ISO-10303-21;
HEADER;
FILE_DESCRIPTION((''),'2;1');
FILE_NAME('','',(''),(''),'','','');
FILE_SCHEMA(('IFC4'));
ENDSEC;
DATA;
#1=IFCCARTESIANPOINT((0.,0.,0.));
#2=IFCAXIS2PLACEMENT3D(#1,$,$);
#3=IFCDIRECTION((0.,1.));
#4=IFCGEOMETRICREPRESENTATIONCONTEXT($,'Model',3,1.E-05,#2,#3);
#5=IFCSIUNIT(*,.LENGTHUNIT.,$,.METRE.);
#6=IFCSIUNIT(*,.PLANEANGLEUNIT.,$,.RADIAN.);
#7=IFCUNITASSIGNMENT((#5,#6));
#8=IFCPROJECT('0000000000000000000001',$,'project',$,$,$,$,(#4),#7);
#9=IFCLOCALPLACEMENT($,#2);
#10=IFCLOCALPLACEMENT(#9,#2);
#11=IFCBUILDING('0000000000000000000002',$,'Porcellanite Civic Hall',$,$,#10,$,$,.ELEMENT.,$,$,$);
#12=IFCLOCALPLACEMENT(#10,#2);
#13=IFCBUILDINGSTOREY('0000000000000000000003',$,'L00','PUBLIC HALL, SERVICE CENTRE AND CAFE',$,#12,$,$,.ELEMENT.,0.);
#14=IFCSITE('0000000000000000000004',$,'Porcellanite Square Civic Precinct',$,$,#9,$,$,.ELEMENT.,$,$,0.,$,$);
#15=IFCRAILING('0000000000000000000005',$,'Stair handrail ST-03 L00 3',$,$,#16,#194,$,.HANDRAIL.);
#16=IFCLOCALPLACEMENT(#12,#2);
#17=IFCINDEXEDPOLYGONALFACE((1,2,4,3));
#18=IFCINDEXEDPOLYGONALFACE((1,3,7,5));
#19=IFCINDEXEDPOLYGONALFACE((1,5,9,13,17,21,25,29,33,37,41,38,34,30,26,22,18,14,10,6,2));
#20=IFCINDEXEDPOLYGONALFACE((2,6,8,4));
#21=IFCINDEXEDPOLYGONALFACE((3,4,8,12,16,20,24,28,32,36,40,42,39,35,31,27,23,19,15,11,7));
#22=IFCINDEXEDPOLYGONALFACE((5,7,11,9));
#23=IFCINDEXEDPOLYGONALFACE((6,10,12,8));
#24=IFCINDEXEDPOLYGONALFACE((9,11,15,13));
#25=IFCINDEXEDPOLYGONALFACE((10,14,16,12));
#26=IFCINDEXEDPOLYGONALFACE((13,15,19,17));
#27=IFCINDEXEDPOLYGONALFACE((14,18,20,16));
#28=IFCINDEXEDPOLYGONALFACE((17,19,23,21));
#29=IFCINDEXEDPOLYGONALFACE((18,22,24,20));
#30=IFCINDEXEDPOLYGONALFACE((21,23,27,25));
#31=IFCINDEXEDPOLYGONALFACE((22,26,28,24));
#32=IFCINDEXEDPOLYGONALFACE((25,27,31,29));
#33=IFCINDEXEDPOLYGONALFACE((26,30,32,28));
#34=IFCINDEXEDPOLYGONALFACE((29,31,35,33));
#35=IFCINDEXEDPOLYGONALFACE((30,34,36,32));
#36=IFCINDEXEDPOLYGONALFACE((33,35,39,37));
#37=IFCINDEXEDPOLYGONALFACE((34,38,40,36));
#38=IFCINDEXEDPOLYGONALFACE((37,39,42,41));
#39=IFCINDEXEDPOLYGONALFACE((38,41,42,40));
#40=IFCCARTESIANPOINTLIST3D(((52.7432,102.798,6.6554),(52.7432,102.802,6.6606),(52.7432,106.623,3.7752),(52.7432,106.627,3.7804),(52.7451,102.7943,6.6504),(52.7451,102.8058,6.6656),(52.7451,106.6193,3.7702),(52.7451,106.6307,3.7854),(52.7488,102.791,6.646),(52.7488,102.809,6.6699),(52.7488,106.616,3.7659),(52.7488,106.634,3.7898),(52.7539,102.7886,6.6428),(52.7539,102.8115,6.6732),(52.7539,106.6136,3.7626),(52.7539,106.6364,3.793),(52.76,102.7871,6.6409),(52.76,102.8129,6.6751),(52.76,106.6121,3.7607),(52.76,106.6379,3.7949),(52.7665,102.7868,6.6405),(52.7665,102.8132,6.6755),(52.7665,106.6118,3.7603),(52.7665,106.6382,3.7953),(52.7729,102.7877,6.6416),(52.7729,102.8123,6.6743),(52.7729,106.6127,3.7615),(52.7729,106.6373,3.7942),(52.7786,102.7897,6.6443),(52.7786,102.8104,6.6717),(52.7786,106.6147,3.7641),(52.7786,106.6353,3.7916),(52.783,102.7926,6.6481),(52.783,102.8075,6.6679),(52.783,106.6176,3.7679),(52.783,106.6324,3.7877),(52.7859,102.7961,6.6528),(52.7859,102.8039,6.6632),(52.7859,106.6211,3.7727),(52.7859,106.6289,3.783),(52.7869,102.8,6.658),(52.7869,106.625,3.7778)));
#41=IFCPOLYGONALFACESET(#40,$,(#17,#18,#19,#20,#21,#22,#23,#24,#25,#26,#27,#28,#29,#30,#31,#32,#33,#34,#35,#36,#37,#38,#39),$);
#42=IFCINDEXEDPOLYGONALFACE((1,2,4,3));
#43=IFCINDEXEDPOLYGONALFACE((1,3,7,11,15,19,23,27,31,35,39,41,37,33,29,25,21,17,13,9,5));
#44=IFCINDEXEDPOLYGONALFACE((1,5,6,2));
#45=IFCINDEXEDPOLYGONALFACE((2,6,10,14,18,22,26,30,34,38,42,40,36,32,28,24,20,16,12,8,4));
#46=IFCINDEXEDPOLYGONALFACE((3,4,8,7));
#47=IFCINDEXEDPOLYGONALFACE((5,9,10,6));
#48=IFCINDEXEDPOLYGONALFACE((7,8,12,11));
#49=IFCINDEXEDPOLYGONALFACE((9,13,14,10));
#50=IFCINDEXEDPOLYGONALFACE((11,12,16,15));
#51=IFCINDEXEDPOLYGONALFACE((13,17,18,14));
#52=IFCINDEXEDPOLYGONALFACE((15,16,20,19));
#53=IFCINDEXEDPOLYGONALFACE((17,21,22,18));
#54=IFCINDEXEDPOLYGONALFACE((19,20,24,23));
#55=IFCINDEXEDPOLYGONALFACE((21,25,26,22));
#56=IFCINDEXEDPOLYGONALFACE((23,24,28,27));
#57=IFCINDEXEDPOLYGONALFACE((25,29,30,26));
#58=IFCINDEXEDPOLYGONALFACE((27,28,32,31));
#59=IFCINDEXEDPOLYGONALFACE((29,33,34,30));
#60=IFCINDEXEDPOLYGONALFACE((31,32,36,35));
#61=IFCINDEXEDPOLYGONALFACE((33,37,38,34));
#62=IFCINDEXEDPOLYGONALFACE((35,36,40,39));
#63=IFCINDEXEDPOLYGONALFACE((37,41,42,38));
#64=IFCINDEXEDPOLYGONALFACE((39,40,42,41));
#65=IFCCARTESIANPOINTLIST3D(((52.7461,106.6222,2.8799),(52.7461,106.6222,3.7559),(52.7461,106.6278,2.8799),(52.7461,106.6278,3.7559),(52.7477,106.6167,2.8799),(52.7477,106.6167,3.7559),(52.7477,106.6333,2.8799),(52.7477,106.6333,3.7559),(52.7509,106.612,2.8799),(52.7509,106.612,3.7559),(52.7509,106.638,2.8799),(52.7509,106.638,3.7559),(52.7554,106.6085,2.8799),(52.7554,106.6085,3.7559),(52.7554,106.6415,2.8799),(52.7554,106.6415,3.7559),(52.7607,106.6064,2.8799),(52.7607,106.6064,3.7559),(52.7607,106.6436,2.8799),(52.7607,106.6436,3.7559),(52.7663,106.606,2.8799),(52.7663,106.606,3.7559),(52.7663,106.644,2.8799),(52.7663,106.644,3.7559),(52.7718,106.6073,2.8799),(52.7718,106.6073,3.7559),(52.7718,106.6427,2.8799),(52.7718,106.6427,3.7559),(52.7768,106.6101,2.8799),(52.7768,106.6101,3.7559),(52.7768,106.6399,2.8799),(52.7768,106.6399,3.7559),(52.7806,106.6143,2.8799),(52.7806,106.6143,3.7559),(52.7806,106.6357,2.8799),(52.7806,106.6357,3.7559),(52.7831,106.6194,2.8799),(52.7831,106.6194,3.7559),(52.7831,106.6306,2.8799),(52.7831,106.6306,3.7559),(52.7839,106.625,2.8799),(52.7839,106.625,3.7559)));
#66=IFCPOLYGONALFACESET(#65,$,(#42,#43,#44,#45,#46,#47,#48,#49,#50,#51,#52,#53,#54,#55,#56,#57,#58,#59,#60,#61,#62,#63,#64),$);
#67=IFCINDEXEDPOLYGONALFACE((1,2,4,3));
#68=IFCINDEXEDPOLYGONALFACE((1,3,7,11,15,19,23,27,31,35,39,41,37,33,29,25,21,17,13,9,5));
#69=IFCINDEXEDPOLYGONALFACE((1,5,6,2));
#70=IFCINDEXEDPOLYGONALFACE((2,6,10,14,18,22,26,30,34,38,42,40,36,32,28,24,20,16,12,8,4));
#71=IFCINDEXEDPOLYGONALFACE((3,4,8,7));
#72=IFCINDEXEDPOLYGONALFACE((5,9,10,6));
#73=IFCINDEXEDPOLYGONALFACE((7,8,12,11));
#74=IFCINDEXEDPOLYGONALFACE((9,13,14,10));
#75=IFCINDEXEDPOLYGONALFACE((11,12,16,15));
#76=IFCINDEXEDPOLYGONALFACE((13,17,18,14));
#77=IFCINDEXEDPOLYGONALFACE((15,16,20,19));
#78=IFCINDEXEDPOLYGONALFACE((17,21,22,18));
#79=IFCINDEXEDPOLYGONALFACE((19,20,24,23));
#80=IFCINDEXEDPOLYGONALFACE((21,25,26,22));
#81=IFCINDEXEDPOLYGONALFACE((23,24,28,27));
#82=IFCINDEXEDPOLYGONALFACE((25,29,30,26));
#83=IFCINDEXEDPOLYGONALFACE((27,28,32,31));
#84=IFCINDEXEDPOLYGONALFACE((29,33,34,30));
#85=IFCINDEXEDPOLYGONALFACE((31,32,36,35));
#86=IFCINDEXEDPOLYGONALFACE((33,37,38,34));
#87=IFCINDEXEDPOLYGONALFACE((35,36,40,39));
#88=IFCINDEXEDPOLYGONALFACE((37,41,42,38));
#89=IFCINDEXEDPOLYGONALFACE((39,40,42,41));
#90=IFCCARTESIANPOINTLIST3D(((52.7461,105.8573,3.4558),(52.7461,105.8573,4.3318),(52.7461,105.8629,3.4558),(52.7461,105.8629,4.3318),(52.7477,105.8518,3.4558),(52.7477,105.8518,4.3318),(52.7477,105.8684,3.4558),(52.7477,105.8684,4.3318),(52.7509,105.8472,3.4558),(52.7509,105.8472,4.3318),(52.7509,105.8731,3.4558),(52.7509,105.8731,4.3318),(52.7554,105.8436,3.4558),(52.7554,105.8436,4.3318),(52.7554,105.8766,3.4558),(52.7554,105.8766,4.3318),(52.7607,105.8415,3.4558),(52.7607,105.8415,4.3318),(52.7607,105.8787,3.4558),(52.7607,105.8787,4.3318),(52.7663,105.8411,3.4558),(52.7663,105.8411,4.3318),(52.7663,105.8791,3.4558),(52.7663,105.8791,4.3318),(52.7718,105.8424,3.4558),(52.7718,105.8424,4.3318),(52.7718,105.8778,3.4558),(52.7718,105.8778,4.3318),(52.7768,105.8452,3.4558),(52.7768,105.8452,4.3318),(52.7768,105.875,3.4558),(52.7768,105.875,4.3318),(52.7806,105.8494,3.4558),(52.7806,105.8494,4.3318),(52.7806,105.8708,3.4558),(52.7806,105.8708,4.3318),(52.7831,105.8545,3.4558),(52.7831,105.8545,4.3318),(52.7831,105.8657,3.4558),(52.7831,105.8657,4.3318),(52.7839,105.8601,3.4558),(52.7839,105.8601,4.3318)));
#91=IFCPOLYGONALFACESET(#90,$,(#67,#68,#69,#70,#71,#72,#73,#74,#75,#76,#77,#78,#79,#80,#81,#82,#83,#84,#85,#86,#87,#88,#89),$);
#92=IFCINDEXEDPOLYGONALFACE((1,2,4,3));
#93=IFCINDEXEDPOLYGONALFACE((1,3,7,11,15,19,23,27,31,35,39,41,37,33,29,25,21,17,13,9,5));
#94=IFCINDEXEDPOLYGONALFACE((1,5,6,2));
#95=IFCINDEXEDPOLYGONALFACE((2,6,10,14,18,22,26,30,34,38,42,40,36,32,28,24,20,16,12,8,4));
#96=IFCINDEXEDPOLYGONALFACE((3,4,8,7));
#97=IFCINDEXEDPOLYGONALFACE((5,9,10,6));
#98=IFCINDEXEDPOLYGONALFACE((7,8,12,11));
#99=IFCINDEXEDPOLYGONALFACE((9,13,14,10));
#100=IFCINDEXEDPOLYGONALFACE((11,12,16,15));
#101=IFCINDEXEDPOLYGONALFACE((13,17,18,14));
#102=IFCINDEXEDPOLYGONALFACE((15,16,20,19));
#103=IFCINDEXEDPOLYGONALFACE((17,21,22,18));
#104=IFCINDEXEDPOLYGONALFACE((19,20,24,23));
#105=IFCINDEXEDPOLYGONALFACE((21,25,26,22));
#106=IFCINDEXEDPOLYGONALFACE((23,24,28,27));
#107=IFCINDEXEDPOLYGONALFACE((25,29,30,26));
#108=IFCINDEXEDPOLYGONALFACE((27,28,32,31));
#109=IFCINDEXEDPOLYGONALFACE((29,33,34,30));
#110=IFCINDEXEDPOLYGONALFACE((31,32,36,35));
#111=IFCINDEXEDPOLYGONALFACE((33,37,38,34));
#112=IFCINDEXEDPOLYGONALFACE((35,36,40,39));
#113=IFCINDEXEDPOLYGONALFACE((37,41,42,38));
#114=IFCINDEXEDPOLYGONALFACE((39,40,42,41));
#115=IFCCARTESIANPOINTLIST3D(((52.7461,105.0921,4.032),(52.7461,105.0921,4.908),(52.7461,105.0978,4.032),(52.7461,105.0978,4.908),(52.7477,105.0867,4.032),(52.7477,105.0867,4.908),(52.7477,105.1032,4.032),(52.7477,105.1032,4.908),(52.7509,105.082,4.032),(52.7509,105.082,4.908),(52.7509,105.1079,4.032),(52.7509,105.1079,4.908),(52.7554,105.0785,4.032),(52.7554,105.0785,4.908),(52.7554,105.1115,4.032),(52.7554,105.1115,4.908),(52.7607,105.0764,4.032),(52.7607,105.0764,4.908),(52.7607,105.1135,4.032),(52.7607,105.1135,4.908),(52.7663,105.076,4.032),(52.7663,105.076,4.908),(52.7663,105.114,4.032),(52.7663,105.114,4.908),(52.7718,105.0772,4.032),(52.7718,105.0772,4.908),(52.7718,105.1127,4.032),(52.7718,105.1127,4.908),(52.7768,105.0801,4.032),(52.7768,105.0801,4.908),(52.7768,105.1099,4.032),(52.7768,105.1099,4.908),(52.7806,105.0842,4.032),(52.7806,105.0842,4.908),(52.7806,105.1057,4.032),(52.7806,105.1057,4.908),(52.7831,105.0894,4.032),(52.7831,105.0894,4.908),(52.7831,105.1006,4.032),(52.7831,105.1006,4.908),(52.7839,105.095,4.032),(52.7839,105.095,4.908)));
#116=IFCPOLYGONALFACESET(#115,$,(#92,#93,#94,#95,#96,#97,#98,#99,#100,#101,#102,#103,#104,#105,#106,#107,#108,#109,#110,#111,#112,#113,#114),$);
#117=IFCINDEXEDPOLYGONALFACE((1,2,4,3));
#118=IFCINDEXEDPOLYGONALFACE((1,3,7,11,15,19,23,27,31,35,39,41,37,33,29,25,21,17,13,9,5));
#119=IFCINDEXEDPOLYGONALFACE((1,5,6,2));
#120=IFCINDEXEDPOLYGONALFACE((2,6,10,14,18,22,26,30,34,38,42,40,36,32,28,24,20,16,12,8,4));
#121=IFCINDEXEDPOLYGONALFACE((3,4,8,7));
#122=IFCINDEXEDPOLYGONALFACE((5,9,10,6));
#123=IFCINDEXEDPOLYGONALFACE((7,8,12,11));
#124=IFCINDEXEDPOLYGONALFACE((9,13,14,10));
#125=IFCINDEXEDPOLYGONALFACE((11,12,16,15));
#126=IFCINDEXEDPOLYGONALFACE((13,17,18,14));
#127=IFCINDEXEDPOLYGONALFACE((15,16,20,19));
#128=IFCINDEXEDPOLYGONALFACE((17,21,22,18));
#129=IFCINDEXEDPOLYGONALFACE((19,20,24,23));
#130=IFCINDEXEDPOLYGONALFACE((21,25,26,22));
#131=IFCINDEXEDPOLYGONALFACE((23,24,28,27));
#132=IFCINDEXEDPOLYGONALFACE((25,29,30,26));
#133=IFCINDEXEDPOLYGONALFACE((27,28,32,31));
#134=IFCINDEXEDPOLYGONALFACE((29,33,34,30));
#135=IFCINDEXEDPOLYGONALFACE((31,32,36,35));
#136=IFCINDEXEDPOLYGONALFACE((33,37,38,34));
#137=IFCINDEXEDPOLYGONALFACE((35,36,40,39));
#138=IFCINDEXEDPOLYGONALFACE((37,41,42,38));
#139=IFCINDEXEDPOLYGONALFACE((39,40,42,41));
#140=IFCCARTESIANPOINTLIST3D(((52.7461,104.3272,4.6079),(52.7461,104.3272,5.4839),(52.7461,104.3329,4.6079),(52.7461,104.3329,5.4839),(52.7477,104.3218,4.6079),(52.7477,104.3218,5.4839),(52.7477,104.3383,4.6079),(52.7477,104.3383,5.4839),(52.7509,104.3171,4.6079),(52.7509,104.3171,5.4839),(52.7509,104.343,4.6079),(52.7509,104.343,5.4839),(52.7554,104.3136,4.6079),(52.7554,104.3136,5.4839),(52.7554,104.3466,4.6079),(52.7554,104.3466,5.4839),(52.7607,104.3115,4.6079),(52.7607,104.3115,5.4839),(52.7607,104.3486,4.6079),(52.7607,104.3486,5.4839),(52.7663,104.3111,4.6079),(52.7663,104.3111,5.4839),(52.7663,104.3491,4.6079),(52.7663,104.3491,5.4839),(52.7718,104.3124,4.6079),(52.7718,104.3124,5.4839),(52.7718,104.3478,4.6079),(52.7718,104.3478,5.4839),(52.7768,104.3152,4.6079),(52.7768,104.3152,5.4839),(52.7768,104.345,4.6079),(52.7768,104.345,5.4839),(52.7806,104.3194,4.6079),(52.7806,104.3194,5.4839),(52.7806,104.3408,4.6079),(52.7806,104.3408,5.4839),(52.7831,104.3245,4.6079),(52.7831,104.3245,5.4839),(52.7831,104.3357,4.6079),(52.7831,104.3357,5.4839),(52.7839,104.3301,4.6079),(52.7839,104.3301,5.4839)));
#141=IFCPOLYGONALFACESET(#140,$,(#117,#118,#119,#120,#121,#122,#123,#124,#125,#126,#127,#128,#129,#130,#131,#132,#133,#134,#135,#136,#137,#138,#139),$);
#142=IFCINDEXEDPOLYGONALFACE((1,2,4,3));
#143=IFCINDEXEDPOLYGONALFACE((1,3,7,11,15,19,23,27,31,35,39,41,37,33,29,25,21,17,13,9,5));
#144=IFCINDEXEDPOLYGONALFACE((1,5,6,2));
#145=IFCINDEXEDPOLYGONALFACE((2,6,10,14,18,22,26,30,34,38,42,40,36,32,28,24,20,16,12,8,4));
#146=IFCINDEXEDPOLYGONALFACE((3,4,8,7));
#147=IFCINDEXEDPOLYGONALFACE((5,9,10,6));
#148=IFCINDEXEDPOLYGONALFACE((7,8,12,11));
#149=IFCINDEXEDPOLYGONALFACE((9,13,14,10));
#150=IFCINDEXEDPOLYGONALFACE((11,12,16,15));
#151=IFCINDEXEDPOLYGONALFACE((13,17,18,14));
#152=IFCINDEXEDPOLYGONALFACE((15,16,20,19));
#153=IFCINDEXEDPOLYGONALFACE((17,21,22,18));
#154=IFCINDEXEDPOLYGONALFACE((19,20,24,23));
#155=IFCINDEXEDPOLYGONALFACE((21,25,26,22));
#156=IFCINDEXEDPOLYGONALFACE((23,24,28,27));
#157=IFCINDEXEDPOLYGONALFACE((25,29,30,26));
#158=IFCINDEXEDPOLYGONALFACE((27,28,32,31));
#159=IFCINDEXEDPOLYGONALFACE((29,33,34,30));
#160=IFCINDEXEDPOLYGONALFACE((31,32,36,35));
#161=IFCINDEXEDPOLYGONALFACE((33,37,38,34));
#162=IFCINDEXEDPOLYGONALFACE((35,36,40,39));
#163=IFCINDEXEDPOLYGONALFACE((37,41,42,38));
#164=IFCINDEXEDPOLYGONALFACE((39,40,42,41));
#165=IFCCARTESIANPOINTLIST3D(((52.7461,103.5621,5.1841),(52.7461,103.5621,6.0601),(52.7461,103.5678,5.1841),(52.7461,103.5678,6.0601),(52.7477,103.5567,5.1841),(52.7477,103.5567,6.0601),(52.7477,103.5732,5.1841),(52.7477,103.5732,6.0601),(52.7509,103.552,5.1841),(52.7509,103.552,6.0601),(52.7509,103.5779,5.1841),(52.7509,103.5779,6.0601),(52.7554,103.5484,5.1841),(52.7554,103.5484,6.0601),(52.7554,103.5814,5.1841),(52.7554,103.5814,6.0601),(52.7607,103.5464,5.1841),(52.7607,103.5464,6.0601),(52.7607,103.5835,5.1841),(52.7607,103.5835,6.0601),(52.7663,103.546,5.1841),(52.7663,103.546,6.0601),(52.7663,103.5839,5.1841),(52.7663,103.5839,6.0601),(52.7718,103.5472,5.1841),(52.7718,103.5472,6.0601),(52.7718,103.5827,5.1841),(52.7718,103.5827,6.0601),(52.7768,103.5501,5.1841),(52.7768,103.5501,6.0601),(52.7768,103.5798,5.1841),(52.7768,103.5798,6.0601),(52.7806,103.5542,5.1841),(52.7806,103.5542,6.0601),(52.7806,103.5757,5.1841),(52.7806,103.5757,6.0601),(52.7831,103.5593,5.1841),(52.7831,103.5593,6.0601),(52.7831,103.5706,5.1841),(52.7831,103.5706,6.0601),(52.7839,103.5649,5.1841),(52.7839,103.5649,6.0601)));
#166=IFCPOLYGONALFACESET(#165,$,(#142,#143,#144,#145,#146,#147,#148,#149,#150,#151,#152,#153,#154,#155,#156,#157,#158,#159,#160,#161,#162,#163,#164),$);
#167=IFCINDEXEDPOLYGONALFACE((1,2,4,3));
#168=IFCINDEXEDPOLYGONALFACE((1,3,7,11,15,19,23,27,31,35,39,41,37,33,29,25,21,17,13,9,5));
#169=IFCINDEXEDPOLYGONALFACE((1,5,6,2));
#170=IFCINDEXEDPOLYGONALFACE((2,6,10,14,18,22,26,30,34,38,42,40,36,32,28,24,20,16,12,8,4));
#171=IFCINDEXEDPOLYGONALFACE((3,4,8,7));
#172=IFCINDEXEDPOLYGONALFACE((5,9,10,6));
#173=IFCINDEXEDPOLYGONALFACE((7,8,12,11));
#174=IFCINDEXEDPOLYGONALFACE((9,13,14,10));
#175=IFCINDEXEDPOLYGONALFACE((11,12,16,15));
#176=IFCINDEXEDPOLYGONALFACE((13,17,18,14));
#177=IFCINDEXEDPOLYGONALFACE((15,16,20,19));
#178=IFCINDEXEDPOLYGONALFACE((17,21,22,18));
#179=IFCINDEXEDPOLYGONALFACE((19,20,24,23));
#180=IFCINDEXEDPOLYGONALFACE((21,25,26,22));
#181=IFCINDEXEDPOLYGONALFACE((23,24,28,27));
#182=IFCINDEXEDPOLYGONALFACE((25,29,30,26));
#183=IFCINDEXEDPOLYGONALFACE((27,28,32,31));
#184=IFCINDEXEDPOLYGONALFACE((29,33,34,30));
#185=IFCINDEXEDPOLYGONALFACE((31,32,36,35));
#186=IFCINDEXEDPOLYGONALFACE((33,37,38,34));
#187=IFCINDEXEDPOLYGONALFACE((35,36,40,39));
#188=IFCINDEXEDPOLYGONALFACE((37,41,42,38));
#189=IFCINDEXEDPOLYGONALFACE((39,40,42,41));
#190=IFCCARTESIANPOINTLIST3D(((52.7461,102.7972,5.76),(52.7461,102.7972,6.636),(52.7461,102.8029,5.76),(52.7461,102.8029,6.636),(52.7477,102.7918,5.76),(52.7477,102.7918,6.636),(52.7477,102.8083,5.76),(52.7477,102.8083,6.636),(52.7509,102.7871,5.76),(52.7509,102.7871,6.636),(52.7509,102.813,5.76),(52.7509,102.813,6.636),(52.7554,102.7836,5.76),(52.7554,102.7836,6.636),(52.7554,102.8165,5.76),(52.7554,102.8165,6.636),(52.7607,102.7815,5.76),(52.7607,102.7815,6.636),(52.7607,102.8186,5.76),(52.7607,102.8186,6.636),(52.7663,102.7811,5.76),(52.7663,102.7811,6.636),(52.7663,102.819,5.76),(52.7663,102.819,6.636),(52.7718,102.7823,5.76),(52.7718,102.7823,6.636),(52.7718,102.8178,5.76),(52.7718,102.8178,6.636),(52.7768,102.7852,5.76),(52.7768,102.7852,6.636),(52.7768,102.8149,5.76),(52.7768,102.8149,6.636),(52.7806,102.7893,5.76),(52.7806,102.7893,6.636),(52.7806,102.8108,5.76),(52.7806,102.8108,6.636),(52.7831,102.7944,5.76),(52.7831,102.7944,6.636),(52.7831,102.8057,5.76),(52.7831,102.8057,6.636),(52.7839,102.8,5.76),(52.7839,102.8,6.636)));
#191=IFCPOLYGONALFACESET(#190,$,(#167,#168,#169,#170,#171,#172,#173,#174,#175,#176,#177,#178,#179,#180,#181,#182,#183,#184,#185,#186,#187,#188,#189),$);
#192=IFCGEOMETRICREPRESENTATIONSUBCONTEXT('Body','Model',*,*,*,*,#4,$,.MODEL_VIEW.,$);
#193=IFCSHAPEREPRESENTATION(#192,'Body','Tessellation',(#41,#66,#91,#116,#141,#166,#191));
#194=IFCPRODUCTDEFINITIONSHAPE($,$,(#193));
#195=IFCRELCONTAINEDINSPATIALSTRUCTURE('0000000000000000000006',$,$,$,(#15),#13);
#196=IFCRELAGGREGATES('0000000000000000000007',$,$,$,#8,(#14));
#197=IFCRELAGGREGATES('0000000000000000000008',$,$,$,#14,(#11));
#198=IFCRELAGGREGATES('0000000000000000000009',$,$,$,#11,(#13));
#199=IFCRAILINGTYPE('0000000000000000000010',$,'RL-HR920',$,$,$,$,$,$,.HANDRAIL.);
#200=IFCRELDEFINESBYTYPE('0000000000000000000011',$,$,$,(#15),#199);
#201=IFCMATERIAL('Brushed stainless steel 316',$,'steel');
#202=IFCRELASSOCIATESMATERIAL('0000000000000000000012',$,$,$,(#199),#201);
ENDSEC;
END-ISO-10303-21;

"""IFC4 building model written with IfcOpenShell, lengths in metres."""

from ifc_helpers import new_model, si_unit, direction, frame, origin, origin_2d, place, context, subcontext, project, spatial, circle, extrude, material, type_object, element, save


model = new_model("IFC4")

# Units and contexts
model_context = context("Model", 3, precision=1e-05, world=origin(), true_north=direction((0.0, 1.0)))
body_context = subcontext(model_context, "Body", "Model", "MODEL_VIEW")
ifc_project = project(units=[si_unit("LENGTHUNIT", "METRE"), si_unit("PLANEANGLEUNIT", "RADIAN")], contexts=[model_context])

# Site, building, storey
site_placement = place(None, origin())
site = spatial("IfcSite", under=ifc_project, at=site_placement, Name="Porcellanite Square Civic Precinct", CompositionType="ELEMENT", RefElevation=0.0)
building_placement = place(site_placement, origin())
building = spatial("IfcBuilding", under=site, at=building_placement, Name="Porcellanite Civic Hall", CompositionType="ELEMENT")
storey_placement = place(building_placement, origin())
storey = spatial("IfcBuildingStorey", under=building, at=storey_placement, Name="L00", Description="PUBLIC HALL, SERVICE CENTRE AND CAFE", CompositionType="ELEMENT", Elevation=0.0)

# Railing
ifc_material_1 = material(Name="Brushed stainless steel 316", Category="steel")
railing_type_1 = type_object("IfcRailingType", Name="RL-HR920", PredefinedType="HANDRAIL", material=ifc_material_1)
railing_1_placement = place(storey_placement, frame((52.7649, 106.625, 2.8799)))
element("IfcRailing", 1, at=railing_1_placement, inside=storey, type_object=railing_type_1, Name="Stair handrail ST-03 L00 3", PredefinedType="HANDRAIL", context=body_context, shape_type="SweptSolid", body=[
    extrude(circle(Radius=0.022, at=origin_2d()), frame((0.0, 0.0, 0.8979), z_axis=(0.0, -0.798854, 0.601525), x_axis=(1.0, 0.0, 0.0)), (0.0, 0.0, 1.0), 4.7881),
    extrude(circle(Radius=0.019, at=origin_2d()), origin(), (0.0, 0.0, 1.0), 0.876),
    extrude(circle(Radius=0.019, at=origin_2d()), frame((0.0, -0.7649, 0.5759)), (0.0, 0.0, 1.0), 0.876),
    extrude(circle(Radius=0.019, at=origin_2d()), frame((0.0, -1.53, 1.1521)), (0.0, 0.0, 1.0), 0.876),
    extrude(circle(Radius=0.019, at=origin_2d()), frame((0.0, -2.2949, 1.728)), (0.0, 0.0, 1.0), 0.876),
    extrude(circle(Radius=0.019, at=origin_2d()), frame((0.0, -3.0601, 2.3042)), (0.0, 0.0, 1.0), 0.876),
    extrude(circle(Radius=0.019, at=origin_2d()), frame((0.0, -3.825, 2.8801)), (0.0, 0.0, 1.0), 0.876),
])

save(model, "model.ifc")
